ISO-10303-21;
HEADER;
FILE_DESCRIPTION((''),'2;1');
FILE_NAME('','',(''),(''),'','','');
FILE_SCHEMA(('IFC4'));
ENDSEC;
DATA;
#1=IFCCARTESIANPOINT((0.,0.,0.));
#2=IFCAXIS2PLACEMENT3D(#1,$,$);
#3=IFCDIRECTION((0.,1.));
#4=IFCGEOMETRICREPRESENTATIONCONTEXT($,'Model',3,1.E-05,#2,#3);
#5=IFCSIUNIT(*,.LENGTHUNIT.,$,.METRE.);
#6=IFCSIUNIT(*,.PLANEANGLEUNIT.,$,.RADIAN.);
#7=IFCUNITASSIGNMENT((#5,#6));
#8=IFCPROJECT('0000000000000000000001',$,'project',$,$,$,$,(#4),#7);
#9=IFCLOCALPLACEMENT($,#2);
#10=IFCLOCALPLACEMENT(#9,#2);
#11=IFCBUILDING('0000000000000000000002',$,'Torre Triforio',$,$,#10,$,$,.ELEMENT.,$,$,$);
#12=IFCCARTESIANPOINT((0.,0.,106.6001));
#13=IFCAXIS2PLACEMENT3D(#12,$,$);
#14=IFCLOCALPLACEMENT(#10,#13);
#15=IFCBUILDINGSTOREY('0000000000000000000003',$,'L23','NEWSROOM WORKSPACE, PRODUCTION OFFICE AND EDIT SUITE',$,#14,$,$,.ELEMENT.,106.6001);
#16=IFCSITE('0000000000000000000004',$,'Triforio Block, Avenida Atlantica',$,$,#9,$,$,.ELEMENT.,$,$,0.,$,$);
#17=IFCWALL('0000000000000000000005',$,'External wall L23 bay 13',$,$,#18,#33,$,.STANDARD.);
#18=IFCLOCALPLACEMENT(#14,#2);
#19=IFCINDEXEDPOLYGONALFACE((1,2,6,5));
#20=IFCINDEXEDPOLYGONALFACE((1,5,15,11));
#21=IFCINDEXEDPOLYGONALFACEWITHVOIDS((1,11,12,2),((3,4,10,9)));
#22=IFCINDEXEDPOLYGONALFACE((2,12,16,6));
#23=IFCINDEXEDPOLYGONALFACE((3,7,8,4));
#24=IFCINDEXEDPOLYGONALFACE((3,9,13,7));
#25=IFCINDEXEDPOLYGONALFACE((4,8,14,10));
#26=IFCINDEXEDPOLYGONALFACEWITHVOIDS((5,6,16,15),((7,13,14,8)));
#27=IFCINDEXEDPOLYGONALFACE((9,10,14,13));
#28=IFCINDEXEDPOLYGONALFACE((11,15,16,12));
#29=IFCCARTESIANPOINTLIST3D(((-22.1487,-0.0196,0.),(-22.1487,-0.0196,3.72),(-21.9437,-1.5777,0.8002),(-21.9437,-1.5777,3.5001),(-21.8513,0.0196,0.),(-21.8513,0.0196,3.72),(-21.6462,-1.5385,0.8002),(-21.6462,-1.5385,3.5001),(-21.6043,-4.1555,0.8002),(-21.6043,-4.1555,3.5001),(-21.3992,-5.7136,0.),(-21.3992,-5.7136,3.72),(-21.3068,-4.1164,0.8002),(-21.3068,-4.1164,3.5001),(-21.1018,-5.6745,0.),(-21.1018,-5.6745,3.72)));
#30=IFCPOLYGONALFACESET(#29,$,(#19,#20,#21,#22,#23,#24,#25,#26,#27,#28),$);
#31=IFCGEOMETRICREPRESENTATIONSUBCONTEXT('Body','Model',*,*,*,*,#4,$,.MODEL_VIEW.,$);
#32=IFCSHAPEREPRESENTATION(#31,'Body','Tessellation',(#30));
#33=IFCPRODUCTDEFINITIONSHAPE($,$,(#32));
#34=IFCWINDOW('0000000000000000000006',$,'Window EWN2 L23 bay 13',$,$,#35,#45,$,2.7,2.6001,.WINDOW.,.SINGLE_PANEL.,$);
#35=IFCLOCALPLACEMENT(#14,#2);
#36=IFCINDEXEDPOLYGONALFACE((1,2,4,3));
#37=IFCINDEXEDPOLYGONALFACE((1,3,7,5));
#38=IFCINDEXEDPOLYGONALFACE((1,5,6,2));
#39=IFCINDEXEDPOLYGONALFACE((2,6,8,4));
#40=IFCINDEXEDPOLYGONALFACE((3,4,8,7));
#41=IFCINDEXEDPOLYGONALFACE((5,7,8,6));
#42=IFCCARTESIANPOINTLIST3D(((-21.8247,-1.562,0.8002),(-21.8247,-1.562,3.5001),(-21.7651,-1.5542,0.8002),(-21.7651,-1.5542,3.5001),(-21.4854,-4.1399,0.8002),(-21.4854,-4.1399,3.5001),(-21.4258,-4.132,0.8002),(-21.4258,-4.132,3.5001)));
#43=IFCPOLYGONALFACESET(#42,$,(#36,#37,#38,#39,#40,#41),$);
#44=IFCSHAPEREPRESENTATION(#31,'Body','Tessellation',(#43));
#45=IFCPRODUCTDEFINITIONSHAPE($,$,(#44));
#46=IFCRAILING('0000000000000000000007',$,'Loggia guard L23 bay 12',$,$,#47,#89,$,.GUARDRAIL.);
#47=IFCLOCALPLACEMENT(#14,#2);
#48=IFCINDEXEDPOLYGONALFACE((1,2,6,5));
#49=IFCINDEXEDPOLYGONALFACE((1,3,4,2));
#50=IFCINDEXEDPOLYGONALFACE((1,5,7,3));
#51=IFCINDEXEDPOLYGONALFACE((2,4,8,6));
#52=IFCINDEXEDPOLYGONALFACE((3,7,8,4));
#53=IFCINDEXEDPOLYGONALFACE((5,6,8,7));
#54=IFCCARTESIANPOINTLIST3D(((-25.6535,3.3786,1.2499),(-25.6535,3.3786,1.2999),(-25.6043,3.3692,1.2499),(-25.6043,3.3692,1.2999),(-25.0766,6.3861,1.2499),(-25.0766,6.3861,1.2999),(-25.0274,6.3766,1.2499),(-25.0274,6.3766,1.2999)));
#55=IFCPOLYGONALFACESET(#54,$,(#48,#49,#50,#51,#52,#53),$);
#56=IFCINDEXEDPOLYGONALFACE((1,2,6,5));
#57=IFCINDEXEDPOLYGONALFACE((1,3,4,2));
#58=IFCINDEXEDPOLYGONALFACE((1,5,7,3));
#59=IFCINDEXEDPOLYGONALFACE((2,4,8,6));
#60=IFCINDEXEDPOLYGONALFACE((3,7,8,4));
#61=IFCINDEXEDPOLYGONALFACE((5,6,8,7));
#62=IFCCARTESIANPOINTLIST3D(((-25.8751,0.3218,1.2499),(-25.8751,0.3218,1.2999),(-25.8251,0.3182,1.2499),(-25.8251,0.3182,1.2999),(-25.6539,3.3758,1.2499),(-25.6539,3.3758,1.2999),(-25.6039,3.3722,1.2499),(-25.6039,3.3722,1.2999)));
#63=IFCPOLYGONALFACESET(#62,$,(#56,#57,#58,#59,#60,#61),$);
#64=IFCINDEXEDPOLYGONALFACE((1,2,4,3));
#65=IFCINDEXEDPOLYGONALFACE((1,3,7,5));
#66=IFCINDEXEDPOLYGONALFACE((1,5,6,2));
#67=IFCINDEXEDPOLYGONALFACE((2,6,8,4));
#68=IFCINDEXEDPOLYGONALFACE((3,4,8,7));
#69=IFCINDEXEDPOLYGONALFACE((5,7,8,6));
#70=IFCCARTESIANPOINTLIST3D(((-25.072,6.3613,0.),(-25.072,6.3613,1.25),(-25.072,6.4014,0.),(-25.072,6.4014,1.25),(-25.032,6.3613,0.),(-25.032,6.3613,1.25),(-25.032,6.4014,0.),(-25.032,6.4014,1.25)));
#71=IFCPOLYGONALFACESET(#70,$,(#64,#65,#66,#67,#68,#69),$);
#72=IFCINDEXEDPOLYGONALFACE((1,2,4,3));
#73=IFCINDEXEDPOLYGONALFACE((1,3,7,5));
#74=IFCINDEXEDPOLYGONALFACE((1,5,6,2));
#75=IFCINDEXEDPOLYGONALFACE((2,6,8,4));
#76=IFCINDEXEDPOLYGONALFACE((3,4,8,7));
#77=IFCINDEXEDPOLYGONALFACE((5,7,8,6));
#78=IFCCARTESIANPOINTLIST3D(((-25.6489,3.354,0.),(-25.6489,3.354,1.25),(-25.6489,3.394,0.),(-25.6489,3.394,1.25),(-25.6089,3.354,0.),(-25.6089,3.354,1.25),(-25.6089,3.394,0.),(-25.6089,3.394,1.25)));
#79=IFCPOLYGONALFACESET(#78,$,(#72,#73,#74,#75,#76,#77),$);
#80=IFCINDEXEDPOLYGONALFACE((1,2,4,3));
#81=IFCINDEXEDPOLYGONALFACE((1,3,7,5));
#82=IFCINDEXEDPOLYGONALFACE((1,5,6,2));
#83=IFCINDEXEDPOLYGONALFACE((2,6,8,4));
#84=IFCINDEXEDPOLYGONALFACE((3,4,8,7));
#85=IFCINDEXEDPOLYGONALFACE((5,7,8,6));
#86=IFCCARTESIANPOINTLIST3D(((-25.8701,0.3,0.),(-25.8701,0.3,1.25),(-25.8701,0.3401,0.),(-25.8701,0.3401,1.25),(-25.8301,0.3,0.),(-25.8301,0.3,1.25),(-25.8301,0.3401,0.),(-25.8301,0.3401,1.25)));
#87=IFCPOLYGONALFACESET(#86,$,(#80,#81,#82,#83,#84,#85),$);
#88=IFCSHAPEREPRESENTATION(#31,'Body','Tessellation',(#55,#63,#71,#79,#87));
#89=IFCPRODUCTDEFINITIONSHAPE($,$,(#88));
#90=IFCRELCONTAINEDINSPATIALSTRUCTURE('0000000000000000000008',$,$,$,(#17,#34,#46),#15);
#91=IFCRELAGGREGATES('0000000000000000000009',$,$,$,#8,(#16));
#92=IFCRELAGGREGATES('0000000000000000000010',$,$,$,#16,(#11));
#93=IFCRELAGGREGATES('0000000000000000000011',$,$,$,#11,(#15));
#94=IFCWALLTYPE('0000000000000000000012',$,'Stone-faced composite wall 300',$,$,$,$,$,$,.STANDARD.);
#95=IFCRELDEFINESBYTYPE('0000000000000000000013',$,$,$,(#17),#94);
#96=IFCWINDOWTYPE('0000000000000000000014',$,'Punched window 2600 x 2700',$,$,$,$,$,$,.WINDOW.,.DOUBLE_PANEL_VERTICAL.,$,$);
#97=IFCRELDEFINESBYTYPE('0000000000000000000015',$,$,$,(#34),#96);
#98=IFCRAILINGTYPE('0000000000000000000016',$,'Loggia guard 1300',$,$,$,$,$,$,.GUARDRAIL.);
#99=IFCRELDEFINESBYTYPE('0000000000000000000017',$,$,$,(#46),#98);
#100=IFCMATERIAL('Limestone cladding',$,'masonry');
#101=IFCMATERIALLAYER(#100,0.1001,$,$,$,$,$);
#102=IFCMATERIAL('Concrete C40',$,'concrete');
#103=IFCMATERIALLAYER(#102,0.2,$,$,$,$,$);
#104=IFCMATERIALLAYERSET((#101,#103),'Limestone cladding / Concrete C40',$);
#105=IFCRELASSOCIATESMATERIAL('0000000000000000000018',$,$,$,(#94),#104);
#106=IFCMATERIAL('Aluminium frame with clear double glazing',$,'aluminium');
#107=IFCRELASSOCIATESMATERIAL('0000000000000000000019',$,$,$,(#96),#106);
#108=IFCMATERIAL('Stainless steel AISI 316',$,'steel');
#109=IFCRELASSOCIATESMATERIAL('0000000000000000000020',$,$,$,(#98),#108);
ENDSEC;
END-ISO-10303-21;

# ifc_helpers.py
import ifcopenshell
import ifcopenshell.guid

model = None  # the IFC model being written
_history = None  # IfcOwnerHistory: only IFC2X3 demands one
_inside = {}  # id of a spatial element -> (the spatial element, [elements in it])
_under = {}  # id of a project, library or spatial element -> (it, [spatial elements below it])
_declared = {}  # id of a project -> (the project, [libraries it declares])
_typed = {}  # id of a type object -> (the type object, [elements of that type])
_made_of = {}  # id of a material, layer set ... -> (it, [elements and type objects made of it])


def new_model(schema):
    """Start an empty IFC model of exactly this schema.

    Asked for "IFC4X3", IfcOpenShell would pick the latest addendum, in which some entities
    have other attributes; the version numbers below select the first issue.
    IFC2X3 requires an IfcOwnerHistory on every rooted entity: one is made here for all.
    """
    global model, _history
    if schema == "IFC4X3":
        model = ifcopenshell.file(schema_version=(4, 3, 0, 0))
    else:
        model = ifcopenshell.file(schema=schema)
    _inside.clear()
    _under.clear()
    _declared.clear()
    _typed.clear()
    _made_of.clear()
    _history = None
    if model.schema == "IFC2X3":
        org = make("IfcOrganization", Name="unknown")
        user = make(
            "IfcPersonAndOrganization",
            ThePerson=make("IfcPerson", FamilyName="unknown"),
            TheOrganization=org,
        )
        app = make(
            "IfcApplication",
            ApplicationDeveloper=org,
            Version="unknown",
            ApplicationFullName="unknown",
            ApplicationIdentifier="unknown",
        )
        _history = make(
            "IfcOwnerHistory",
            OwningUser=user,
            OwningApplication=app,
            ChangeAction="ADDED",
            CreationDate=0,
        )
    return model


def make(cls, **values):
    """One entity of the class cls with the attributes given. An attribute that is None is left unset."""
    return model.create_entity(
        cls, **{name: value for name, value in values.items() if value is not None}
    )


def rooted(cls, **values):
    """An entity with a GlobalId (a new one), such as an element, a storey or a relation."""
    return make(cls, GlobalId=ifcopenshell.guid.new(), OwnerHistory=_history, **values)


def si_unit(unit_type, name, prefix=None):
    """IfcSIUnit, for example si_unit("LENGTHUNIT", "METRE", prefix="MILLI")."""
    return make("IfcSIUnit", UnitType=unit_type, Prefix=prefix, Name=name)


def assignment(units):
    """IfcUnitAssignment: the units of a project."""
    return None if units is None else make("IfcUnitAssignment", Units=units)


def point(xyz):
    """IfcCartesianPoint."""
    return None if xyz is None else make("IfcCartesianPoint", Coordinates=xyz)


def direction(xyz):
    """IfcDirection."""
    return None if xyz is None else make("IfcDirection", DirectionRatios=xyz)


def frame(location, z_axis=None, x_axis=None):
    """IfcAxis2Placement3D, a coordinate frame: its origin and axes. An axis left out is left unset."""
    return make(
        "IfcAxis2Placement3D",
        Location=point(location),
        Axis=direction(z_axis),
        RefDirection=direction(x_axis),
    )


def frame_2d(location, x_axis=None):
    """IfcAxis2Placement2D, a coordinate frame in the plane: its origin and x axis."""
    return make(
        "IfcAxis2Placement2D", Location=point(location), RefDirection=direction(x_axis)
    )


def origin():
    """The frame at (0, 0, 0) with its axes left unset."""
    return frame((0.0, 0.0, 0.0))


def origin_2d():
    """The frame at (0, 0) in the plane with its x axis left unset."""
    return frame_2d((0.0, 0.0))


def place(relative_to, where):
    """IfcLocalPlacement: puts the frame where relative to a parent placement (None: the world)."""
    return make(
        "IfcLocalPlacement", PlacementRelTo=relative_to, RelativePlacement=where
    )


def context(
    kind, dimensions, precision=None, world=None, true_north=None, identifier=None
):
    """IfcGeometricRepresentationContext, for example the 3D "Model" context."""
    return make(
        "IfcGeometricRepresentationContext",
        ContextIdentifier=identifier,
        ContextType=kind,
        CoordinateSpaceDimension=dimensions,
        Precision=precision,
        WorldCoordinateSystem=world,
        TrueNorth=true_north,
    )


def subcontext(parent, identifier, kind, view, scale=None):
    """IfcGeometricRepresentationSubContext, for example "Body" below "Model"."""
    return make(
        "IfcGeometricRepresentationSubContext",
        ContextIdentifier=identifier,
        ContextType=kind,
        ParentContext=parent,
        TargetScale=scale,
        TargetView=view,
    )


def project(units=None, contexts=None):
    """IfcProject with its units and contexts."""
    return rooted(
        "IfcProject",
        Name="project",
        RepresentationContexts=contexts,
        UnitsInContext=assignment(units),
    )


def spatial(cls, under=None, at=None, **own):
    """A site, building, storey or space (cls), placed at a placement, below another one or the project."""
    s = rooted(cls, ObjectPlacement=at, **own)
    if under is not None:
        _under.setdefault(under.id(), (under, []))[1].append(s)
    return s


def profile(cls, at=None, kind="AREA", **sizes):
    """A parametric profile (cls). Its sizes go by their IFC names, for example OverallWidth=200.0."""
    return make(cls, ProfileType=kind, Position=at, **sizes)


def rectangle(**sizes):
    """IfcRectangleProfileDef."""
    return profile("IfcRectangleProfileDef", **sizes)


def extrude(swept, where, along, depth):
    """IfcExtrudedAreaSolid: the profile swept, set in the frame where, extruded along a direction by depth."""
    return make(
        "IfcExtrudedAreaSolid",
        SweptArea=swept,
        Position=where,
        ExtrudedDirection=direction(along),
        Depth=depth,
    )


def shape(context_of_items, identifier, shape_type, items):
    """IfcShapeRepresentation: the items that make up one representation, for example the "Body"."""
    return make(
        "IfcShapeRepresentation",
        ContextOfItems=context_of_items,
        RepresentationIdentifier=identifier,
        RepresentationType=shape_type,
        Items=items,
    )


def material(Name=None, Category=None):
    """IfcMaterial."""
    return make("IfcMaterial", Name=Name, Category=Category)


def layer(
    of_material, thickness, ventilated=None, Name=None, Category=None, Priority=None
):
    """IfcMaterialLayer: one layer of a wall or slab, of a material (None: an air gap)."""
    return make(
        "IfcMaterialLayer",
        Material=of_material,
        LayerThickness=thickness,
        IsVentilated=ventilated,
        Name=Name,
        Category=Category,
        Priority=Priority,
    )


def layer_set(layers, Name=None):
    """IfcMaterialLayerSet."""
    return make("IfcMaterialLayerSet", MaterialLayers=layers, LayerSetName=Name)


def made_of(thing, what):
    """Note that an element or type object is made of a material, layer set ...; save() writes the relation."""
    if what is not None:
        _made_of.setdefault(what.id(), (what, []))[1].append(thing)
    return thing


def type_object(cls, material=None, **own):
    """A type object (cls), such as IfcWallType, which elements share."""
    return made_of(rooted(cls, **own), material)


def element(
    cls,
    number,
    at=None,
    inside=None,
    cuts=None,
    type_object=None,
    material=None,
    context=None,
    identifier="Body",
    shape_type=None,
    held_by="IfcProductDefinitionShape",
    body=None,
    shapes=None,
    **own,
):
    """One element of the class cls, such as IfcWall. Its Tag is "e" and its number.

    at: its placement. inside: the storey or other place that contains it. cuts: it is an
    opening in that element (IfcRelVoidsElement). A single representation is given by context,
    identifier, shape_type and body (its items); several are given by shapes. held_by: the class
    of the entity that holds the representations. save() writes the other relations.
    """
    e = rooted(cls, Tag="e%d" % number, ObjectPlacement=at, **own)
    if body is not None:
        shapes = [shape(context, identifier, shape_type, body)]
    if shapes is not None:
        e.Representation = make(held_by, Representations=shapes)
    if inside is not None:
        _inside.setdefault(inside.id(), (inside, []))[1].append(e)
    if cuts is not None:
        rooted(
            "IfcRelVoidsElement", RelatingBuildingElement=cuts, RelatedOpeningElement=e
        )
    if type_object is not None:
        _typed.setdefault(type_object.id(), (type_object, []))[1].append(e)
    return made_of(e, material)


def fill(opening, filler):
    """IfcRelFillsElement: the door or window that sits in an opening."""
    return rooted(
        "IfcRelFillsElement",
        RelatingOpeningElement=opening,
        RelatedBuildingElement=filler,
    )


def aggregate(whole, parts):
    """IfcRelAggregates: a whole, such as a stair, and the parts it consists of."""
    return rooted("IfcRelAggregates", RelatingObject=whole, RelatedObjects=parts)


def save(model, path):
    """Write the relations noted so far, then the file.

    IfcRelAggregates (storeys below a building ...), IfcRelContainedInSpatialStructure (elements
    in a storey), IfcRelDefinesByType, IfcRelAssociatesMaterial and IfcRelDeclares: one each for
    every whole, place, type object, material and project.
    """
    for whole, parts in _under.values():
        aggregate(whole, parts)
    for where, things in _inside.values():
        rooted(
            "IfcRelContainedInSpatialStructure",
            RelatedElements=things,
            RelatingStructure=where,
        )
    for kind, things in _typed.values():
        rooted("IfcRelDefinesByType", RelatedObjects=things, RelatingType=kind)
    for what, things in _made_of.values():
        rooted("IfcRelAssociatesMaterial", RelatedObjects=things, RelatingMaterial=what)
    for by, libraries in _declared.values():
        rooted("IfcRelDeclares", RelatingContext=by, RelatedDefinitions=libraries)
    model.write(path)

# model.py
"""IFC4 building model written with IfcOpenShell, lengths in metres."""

from ifc_helpers import new_model, si_unit, direction, frame, frame_2d, origin, origin_2d, place, context, subcontext, project, spatial, rectangle, extrude, material, layer, layer_set, type_object, element, fill, save


model = new_model("IFC4")

# Units and contexts
model_context = context("Model", 3, precision=1e-05, world=origin(), true_north=direction((0.0, 1.0)))
body_context = subcontext(model_context, "Body", "Model", "MODEL_VIEW")
ifc_project = project(units=[si_unit("LENGTHUNIT", "METRE"), si_unit("PLANEANGLEUNIT", "RADIAN")], contexts=[model_context])

# Site, building, storey
site_placement = place(None, origin())
site = spatial("IfcSite", under=ifc_project, at=site_placement, Name="Triforio Block, Avenida Atlantica", CompositionType="ELEMENT", RefElevation=0.0)
building_placement = place(site_placement, origin())
building = spatial("IfcBuilding", under=site, at=building_placement, Name="Torre Triforio", CompositionType="ELEMENT")
storey_placement = place(building_placement, frame((0.0, 0.0, 106.6001)))
storey = spatial("IfcBuildingStorey", under=building, at=storey_placement, Name="L23", Description="NEWSROOM WORKSPACE, PRODUCTION OFFICE AND EDIT SUITE", CompositionType="ELEMENT", Elevation=106.6001)

# Shared definitions
ifc_material_1 = material(Name="Limestone cladding", Category="masonry")
ifc_layer_1 = layer(ifc_material_1, 0.1001)
ifc_material_2 = material(Name="Concrete C40", Category="concrete")
ifc_layer_2 = layer(ifc_material_2, 0.2)
ifc_layer_set_1 = layer_set([ifc_layer_1, ifc_layer_2], Name="Limestone cladding / Concrete C40")
wall_type_1 = type_object("IfcWallType", Name="Stone-faced composite wall 300", PredefinedType="STANDARD", material=ifc_layer_set_1)
ifc_material_3 = material(Name="Aluminium frame with clear double glazing", Category="aluminium")

# Wall, opening, window
wall_1_placement = place(storey_placement, frame((-22.0, 0.0, 0.0), z_axis=(0.0, 0.0, 1.0), x_axis=(0.130504, -0.991448, 0.0)))
wall_1 = element("IfcWall", 1, at=wall_1_placement, inside=storey, type_object=wall_type_1, Name="External wall L23 bay 13", PredefinedType="STANDARD", context=body_context, shape_type="SweptSolid", body=[
    extrude(rectangle(XDim=5.7432, YDim=0.3, at=frame_2d((2.8716, 0.0))), origin(), (0.0, 0.0, 1.0), 3.72),
])
opening_1_placement = place(wall_1_placement, frame((1.5715, 0.0, 0.8)))
opening_1 = element("IfcOpeningElement", 2, at=opening_1_placement, cuts=wall_1, PredefinedType="OPENING", context=body_context, shape_type="SweptSolid", body=[
    extrude(rectangle(XDim=2.6001, YDim=2.7, at=frame_2d((1.3, 1.3501))), frame((0.0, 0.1599, 0.0), z_axis=(0.0, -1.0, 0.0), x_axis=(1.0, 0.0, 0.0)), (0.0, 0.0, 1.0), 0.3201),
])
window_type_1 = type_object("IfcWindowType", Name="Punched window 2600 x 2700", PartitioningType="DOUBLE_PANEL_VERTICAL", PredefinedType="WINDOW", material=ifc_material_3)
window_1_placement = place(opening_1_placement, origin())
window_1 = element("IfcWindow", 3, at=window_1_placement, inside=storey, type_object=window_type_1, Name="Window EWN2 L23 bay 13", OverallHeight=2.7, OverallWidth=2.6001, PartitioningType="SINGLE_PANEL", PredefinedType="WINDOW", context=body_context, shape_type="SweptSolid", body=[
    extrude(rectangle(XDim=2.6001, YDim=2.7, at=frame_2d((1.3, 1.3501))), frame((0.0, 0.03, 0.0), z_axis=(0.0, -1.0, 0.0), x_axis=(1.0, 0.0, 0.0)), (0.0, 0.0, 1.0), 0.0601),
])
fill(opening_1, window_1)

# Railing
ifc_material_4 = material(Name="Stainless steel AISI 316", Category="steel")
railing_type = type_object("IfcRailingType", Name="Loggia guard 1300", PredefinedType="GUARDRAIL", material=ifc_material_4)
railing_placement = place(storey_placement, frame((-25.052, 6.3813, 0.0)))
element("IfcRailing", 4, at=railing_placement, inside=storey, type_object=railing_type, Name="Loggia guard L23 bay 12", PredefinedType="GUARDRAIL", context=body_context, shape_type="SweptSolid", body=[
    extrude(rectangle(XDim=0.05, YDim=0.05, at=origin_2d()), frame((0.0, 0.0, 1.2749), z_axis=(-0.188398, -0.982093, 0.0), x_axis=(0.982093, -0.188398, 0.0)), (0.0, 0.0, 1.0), 3.0623),
    extrude(rectangle(XDim=0.05, YDim=0.05, at=origin_2d()), frame((-0.5769, -3.0073, 1.2749), z_axis=(-0.072239, -0.997387, 0.0), x_axis=(0.997387, -0.072239, 0.0)), (0.0, 0.0, 1.0), 3.062),
    extrude(rectangle(XDim=0.04, YDim=0.04, at=origin_2d()), origin(), (0.0, 0.0, 1.0), 1.25),
    extrude(rectangle(XDim=0.04, YDim=0.04, at=origin_2d()), frame((-0.5769, -3.0073, 0.0)), (0.0, 0.0, 1.0), 1.25),
    extrude(rectangle(XDim=0.04, YDim=0.04, at=origin_2d()), frame((-0.7981, -6.0613, 0.0)), (0.0, 0.0, 1.0), 1.25),
])

save(model, "model.ifc")
